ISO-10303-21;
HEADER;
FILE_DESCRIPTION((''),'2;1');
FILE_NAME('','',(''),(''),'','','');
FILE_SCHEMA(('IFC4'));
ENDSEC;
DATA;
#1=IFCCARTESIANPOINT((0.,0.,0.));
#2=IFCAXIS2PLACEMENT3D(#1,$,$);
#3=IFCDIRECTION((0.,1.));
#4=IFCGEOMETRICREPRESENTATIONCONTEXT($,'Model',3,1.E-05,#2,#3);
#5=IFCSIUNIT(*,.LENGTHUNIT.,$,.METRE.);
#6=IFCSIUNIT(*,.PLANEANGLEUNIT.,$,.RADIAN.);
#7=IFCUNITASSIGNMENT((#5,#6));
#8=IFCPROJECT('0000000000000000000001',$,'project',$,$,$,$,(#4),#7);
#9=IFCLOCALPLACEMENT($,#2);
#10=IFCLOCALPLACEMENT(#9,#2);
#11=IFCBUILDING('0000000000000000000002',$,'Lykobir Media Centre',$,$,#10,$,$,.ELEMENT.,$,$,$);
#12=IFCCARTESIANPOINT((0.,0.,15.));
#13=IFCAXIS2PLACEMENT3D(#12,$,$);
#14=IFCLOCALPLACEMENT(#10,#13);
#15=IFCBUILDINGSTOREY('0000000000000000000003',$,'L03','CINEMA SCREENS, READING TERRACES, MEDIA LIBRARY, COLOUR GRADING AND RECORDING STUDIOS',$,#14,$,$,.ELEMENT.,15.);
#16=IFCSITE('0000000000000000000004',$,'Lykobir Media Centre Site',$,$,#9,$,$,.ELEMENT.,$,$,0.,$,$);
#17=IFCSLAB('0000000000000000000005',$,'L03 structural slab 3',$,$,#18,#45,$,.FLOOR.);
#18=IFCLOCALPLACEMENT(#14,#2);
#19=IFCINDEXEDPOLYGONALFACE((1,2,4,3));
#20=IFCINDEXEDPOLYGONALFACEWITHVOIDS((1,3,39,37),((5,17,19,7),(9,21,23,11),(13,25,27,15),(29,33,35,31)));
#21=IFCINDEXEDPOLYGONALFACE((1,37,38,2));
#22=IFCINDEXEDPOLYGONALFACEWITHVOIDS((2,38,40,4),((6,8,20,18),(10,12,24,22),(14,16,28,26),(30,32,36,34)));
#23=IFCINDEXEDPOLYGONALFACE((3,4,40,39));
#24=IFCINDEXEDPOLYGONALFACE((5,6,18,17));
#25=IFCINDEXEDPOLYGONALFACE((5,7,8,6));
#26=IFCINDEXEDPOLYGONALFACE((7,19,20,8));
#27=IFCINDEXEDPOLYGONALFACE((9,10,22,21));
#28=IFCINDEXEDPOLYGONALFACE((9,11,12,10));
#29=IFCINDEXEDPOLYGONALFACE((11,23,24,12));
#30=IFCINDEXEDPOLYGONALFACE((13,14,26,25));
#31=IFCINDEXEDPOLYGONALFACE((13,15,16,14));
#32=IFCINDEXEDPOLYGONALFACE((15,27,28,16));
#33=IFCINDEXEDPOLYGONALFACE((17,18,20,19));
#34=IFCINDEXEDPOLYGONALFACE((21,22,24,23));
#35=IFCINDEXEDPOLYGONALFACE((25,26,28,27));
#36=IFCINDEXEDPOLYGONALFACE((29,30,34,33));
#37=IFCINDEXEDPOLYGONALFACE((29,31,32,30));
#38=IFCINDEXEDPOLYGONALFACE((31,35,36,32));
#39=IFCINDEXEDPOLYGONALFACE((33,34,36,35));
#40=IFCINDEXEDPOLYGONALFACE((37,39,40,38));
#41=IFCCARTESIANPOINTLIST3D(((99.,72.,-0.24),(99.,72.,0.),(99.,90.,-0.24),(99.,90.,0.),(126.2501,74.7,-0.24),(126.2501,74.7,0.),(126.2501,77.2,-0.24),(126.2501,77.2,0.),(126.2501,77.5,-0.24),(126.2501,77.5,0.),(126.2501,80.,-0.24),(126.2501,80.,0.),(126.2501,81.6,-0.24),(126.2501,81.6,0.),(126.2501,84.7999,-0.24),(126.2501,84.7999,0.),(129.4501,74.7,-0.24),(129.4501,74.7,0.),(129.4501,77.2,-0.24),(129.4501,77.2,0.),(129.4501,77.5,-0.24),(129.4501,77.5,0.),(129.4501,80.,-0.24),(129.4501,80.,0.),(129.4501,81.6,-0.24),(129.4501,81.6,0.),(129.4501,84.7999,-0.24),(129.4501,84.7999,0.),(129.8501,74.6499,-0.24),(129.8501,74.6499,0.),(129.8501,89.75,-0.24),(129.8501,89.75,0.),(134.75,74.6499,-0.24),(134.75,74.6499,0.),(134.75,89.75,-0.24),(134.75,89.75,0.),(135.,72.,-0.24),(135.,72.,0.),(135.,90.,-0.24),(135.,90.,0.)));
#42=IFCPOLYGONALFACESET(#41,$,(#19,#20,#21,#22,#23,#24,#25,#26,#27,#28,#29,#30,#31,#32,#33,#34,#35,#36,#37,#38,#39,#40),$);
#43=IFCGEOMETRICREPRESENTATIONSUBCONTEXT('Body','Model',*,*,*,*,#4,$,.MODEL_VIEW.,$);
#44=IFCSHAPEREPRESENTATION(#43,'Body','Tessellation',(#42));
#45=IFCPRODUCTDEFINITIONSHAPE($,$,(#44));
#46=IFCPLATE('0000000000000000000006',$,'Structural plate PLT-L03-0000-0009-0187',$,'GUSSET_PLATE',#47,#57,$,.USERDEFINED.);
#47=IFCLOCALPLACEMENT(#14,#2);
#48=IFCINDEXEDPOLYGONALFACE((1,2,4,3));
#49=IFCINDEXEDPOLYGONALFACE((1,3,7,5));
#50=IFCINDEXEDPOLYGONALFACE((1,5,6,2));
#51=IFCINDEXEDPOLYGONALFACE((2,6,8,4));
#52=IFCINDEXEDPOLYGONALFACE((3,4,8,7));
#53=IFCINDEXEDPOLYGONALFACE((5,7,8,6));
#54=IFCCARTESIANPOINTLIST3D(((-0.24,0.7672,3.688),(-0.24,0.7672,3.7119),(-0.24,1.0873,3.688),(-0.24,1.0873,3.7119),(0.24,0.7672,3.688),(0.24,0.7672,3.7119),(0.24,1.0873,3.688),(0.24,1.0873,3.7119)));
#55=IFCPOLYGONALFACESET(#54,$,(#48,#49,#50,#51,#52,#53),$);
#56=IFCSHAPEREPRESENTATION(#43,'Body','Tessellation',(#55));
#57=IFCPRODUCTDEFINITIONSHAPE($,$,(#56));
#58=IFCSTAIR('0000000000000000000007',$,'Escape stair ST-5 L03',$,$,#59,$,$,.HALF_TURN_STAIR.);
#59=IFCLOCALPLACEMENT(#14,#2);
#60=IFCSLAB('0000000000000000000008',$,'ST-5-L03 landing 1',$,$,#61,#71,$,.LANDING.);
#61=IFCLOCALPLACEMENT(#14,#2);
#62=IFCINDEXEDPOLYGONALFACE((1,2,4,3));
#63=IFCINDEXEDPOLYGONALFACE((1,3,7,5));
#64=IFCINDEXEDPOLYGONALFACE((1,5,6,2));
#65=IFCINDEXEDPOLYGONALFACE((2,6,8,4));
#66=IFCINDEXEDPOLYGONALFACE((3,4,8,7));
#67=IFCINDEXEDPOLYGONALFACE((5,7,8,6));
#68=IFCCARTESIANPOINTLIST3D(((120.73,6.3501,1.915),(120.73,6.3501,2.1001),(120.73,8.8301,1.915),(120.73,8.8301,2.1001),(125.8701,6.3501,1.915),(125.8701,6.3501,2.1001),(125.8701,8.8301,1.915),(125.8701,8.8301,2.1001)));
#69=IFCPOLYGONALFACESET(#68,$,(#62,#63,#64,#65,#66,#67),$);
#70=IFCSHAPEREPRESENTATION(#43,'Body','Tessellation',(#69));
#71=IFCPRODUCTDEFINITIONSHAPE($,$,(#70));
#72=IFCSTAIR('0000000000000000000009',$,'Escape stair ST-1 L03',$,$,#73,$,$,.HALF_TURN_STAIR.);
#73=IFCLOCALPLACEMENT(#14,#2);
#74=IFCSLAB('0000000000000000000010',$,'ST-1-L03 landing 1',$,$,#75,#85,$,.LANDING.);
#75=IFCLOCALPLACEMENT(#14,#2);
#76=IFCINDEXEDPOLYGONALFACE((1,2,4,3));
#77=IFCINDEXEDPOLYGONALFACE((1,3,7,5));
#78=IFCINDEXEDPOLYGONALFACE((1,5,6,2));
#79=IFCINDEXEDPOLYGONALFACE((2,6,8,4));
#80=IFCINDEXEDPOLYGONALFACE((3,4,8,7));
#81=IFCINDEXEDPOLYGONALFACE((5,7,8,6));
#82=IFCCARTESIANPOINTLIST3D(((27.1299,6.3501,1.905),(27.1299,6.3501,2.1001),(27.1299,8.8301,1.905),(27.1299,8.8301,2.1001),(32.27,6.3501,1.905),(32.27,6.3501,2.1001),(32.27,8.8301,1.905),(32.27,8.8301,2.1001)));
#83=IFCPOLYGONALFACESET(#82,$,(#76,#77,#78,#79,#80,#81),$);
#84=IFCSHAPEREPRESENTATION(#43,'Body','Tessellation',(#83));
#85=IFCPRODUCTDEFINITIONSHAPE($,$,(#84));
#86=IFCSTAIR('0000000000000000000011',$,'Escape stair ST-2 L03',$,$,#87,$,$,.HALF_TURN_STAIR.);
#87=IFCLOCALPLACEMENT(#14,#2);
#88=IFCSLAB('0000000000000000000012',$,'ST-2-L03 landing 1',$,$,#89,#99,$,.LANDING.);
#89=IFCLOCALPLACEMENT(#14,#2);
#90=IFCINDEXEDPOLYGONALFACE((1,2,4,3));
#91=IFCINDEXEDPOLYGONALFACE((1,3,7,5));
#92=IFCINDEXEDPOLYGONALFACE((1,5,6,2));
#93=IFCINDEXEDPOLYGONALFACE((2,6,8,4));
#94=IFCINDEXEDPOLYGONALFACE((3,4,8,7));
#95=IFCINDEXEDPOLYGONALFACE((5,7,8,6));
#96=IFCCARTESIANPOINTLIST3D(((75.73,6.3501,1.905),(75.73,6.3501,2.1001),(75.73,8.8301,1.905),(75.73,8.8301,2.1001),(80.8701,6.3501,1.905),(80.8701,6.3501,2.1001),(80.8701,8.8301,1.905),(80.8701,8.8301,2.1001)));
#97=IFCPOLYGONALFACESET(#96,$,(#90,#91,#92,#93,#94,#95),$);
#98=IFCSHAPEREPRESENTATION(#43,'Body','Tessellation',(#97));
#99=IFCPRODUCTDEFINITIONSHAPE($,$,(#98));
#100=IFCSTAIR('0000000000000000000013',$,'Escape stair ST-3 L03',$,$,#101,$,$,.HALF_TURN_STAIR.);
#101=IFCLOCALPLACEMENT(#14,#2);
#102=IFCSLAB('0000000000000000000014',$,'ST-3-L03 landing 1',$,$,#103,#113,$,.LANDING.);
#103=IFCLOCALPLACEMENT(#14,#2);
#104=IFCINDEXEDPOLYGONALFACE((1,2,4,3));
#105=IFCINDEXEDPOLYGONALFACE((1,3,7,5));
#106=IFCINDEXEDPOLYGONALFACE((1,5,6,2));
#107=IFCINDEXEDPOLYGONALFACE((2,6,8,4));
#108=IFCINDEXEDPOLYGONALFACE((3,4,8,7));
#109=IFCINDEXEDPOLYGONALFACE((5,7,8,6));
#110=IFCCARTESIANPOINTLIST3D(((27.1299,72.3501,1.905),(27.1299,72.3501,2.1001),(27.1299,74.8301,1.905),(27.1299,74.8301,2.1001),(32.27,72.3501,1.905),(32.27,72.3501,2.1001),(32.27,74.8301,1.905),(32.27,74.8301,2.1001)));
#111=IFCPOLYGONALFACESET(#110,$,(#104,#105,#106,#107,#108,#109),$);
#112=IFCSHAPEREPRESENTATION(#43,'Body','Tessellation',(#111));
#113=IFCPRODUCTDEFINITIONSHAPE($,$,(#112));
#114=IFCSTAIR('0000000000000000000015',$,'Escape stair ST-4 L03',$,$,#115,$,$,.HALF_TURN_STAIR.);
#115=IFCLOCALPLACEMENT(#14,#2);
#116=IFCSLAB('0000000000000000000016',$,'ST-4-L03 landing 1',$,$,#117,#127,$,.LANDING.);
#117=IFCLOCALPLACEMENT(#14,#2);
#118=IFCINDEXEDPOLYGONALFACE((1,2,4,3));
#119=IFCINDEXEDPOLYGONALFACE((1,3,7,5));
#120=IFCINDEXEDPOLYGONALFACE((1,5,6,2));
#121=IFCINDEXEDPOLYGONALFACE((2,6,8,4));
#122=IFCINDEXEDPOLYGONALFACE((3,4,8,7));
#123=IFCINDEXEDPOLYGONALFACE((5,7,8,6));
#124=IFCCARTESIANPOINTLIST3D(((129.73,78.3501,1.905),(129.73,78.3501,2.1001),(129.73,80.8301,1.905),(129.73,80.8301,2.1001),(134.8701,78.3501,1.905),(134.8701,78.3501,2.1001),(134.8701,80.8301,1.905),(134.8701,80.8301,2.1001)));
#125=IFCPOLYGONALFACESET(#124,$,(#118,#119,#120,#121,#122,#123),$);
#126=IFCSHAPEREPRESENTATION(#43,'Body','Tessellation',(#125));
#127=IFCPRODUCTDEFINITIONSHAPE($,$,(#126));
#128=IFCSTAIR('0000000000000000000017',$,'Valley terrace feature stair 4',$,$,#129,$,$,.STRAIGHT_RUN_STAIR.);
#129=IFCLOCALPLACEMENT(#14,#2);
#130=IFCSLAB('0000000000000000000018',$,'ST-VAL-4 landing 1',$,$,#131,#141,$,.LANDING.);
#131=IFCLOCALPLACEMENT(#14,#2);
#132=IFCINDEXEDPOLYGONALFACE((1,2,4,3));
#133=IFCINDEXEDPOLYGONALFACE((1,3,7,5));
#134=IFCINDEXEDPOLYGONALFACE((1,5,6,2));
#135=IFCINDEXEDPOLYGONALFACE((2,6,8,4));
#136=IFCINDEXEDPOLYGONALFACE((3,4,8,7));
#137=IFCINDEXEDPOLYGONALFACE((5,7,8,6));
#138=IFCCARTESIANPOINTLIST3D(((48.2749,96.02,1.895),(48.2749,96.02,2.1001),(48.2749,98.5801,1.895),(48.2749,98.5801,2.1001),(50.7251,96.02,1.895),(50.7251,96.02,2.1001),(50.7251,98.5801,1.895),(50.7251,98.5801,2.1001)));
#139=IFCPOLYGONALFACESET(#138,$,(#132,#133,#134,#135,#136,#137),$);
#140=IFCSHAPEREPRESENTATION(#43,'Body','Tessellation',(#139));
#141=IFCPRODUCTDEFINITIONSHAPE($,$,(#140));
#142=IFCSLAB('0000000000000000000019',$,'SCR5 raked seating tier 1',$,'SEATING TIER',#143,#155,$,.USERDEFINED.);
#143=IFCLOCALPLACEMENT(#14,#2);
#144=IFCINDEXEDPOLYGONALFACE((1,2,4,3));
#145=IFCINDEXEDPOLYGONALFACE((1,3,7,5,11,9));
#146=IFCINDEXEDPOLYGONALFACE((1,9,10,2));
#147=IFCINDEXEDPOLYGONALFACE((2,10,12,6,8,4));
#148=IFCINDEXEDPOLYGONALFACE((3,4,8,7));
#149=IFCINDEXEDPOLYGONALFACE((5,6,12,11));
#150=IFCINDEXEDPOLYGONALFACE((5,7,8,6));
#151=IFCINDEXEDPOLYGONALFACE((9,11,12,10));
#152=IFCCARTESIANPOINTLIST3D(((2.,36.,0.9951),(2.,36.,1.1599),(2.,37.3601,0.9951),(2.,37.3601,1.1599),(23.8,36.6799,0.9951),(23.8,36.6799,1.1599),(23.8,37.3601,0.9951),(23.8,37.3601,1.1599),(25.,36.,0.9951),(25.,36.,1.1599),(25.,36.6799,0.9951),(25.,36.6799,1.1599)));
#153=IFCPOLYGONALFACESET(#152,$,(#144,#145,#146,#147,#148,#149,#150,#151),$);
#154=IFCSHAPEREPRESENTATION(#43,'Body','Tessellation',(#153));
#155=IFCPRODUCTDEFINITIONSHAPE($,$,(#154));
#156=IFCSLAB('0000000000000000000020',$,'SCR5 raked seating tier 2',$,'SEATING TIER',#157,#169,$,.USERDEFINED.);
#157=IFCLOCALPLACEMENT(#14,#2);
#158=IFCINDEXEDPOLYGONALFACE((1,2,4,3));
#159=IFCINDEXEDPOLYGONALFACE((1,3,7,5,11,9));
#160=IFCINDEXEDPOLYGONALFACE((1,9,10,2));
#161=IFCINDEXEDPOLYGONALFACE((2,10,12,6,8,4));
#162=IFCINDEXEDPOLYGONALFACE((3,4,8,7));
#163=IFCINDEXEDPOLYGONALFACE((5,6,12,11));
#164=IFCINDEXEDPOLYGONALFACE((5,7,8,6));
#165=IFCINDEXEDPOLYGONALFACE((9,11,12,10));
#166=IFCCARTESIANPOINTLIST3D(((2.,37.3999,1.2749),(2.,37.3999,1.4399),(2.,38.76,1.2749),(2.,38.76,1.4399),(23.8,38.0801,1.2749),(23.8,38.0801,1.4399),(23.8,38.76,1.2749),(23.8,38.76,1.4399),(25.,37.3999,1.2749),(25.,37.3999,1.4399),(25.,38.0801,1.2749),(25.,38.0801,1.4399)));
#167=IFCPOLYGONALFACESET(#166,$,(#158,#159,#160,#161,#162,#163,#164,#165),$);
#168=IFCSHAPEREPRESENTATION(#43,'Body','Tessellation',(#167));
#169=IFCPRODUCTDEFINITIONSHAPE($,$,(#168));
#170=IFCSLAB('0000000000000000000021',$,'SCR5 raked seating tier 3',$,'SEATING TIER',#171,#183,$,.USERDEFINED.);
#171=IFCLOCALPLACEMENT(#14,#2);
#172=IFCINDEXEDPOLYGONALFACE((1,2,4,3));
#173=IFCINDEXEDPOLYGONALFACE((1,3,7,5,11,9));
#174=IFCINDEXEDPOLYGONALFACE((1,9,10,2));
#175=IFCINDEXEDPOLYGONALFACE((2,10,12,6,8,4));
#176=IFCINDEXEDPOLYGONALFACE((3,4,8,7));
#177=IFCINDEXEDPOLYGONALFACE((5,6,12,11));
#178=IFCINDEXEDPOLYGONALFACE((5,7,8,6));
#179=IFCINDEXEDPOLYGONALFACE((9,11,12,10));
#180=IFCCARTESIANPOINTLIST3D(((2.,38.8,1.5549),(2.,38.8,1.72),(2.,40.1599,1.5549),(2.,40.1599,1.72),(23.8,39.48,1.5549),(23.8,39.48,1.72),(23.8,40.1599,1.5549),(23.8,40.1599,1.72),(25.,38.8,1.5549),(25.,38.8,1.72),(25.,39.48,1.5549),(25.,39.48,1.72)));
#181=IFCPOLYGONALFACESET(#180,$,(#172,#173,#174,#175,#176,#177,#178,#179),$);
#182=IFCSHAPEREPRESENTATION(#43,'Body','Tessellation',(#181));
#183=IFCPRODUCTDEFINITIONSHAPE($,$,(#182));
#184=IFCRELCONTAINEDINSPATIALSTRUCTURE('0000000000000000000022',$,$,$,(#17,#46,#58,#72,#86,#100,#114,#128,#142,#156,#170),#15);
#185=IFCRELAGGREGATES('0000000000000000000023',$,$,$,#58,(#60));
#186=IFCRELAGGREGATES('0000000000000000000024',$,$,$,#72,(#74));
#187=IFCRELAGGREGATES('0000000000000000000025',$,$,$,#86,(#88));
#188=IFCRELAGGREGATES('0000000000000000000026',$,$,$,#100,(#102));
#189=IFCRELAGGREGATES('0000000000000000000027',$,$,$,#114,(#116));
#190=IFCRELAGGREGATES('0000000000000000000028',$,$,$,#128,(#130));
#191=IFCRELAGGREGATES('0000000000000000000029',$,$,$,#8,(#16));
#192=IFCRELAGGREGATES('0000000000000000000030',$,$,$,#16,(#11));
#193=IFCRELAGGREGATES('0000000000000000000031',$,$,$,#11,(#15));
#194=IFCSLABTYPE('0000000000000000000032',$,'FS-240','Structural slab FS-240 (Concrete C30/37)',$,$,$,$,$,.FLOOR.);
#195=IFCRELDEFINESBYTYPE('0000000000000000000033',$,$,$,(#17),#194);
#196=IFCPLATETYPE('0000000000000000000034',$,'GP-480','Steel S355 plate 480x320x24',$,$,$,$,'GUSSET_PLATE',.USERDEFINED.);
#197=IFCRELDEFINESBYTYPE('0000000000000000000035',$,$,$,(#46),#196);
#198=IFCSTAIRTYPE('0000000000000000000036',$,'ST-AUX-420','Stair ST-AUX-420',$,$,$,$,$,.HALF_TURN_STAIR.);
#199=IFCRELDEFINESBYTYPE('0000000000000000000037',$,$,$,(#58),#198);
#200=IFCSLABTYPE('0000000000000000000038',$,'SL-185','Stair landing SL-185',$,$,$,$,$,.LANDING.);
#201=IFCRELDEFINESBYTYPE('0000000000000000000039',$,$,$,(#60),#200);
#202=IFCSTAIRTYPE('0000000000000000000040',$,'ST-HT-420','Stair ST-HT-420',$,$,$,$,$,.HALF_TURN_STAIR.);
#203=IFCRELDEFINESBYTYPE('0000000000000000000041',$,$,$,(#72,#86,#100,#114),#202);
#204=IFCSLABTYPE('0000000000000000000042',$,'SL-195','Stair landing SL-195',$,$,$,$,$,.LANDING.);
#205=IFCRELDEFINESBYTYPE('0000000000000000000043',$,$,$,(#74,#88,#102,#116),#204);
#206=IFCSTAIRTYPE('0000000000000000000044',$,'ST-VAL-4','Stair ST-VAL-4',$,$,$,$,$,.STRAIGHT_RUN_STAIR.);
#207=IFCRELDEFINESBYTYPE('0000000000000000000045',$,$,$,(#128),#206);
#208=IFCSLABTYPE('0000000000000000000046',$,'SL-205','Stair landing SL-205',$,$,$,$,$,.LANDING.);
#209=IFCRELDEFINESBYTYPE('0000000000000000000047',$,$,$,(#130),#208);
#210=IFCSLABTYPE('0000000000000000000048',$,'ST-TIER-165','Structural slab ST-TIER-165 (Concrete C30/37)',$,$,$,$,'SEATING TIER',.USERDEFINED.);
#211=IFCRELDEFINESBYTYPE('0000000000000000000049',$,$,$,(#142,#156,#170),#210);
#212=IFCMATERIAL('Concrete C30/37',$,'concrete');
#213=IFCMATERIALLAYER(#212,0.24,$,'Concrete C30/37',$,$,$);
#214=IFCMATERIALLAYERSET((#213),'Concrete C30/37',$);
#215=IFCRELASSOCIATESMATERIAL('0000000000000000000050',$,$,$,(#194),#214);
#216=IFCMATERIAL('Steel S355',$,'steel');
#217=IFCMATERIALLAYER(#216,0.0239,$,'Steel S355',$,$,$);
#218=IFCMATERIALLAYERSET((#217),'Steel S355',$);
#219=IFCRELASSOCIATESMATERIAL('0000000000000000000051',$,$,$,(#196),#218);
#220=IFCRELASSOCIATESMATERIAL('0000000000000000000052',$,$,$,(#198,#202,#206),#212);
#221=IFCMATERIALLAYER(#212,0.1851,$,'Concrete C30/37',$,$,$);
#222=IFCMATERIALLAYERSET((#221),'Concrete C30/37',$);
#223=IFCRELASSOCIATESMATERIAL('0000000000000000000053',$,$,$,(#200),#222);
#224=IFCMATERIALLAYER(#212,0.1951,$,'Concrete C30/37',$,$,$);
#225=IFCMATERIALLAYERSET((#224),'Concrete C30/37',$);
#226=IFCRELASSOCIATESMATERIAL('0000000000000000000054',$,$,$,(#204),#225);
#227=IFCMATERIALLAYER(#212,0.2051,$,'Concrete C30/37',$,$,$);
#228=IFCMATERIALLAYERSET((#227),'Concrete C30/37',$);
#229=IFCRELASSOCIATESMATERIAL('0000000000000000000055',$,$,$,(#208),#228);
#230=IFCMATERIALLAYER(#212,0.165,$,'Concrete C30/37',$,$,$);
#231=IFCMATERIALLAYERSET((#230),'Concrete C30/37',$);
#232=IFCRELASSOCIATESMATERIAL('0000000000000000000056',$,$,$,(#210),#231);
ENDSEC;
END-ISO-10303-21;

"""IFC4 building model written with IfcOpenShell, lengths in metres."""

from ifc_helpers import new_model, si_unit, direction, frame, origin, origin_2d, place, context, subcontext, project, spatial, polyline, rectangle, outline, extrude, material, layer, layer_set, type_object, element, aggregate, save


model = new_model("IFC4")

# Units and contexts
model_context = context("Model", 3, precision=1e-05, world=origin(), true_north=direction((0.0, 1.0)))
body_context = subcontext(model_context, "Body", "Model", "MODEL_VIEW")
ifc_project = project(units=[si_unit("LENGTHUNIT", "METRE"), si_unit("PLANEANGLEUNIT", "RADIAN")], contexts=[model_context])

# Site, building, storey
site_placement = place(None, origin())
site = spatial("IfcSite", under=ifc_project, at=site_placement, Name="Lykobir Media Centre Site", CompositionType="ELEMENT", RefElevation=0.0)
building_placement = place(site_placement, origin())
building = spatial("IfcBuilding", under=site, at=building_placement, Name="Lykobir Media Centre", CompositionType="ELEMENT")
storey_placement = place(building_placement, frame((0.0, 0.0, 15.0)))
storey = spatial("IfcBuildingStorey", under=building, at=storey_placement, Name="L03", Description="CINEMA SCREENS, READING TERRACES, MEDIA LIBRARY, COLOUR GRADING AND RECORDING STUDIOS", CompositionType="ELEMENT", Elevation=15.0)

# Shared definitions
ifc_material_1 = material(Name="Steel S355", Category="steel")

# Shared definitions
ifc_material_2 = material(Name="Concrete C30/37", Category="concrete")
ifc_layer_1 = layer(ifc_material_2, 0.24, Name="Concrete C30/37")
ifc_layer_set_1 = layer_set([ifc_layer_1], Name="Concrete C30/37")
slab_type_1 = type_object("IfcSlabType", Name="FS-240", Description="Structural slab FS-240 (Concrete C30/37)", PredefinedType="FLOOR", material=ifc_layer_set_1)

# Slab, openings
slab_1_placement = place(storey_placement, frame((0.0, 0.0, -0.24)))
slab_1 = element("IfcSlab", 1, at=slab_1_placement, inside=storey, type_object=slab_type_1, Name="L03 structural slab 3", PredefinedType="FLOOR", context=body_context, shape_type="SweptSolid", body=[
    extrude(outline(polyline([(135.0, 90.0), (99.0, 90.0), (99.0, 72.0), (135.0, 72.0), (135.0, 90.0)]), holes=[polyline([(134.75, 74.6499), (129.8501, 74.6499), (129.8501, 89.75), (134.75, 89.75), (134.75, 74.6499)])]), origin(), (0.0, 0.0, 1.0), 0.24),
])
opening_1_placement = place(slab_1_placement, frame((127.8501, 75.95, 0.0)))
element("IfcOpeningElement", 2, at=opening_1_placement, cuts=slab_1, PredefinedType="OPENING", context=body_context, shape_type="SweptSolid", body=[
    extrude(rectangle(XDim=3.2, YDim=2.5, at=origin_2d()), origin(), (0.0, 0.0, 1.0), 0.24),
])
opening_2_placement = place(slab_1_placement, frame((127.8501, 78.75, 0.0)))
element("IfcOpeningElement", 3, at=opening_2_placement, cuts=slab_1, PredefinedType="OPENING", context=body_context, shape_type="SweptSolid", body=[
    extrude(rectangle(XDim=3.2, YDim=2.5, at=origin_2d()), origin(), (0.0, 0.0, 1.0), 0.24),
])
opening_3_placement = place(slab_1_placement, frame((127.8501, 83.2, 0.0)))
element("IfcOpeningElement", 4, at=opening_3_placement, cuts=slab_1, PredefinedType="OPENING", context=body_context, shape_type="SweptSolid", body=[
    extrude(rectangle(XDim=3.2, YDim=3.2, at=origin_2d()), origin(), (0.0, 0.0, 1.0), 0.24),
])

# Plate
ifc_layer_2 = layer(ifc_material_1, 0.0239, Name="Steel S355")
ifc_layer_set_2 = layer_set([ifc_layer_2], Name="Steel S355")
plate_type = type_object("IfcPlateType", Name="GP-480", Description="Steel S355 plate 480x320x24", ElementType="GUSSET_PLATE", PredefinedType="USERDEFINED", material=ifc_layer_set_2)
plate_placement = place(storey_placement, frame((0.0, 0.9272, 3.688), z_axis=(0.0, 0.0, 1.0), x_axis=(1.0, 0.0, 0.0)))
element("IfcPlate", 5, at=plate_placement, inside=storey, type_object=plate_type, Name="Structural plate PLT-L03-0000-0009-0187", ObjectType="GUSSET_PLATE", PredefinedType="USERDEFINED", context=body_context, shape_type="SweptSolid", body=[
    extrude(rectangle(XDim=0.48, YDim=0.3201, at=origin_2d()), origin(), (0.0, 0.0, 1.0), 0.0239),
])

# Stairs, slabs
stair_type_1 = type_object("IfcStairType", Name="ST-AUX-420", Description="Stair ST-AUX-420", PredefinedType="HALF_TURN_STAIR", material=ifc_material_2)
stair_1_placement = place(storey_placement, origin())
stair_1 = element("IfcStair", 6, at=stair_1_placement, inside=storey, type_object=stair_type_1, Name="Escape stair ST-5 L03", PredefinedType="HALF_TURN_STAIR")
ifc_layer_3 = layer(ifc_material_2, 0.1851, Name="Concrete C30/37")
ifc_layer_set_3 = layer_set([ifc_layer_3], Name="Concrete C30/37")
slab_type_2 = type_object("IfcSlabType", Name="SL-185", Description="Stair landing SL-185", PredefinedType="LANDING", material=ifc_layer_set_3)
slab_2_placement = place(storey_placement, frame((0.0, 0.0, 1.915)))
slab_2 = element("IfcSlab", 7, at=slab_2_placement, type_object=slab_type_2, Name="ST-5-L03 landing 1", PredefinedType="LANDING", context=body_context, shape_type="SweptSolid", body=[
    extrude(outline(polyline([(120.73, 6.3501), (125.8701, 6.3501), (125.8701, 8.8301), (120.73, 8.8301), (120.73, 6.3501)])), origin(), (0.0, 0.0, 1.0), 0.1851),
])
aggregate(stair_1, [slab_2])
stair_type_2 = type_object("IfcStairType", Name="ST-HT-420", Description="Stair ST-HT-420", PredefinedType="HALF_TURN_STAIR", material=ifc_material_2)
stair_2_placement = place(storey_placement, origin())
stair_2 = element("IfcStair", 8, at=stair_2_placement, inside=storey, type_object=stair_type_2, Name="Escape stair ST-1 L03", PredefinedType="HALF_TURN_STAIR")
ifc_layer_4 = layer(ifc_material_2, 0.1951, Name="Concrete C30/37")
ifc_layer_set_4 = layer_set([ifc_layer_4], Name="Concrete C30/37")
slab_type_3 = type_object("IfcSlabType", Name="SL-195", Description="Stair landing SL-195", PredefinedType="LANDING", material=ifc_layer_set_4)
slab_3_placement = place(storey_placement, frame((0.0, 0.0, 1.905)))
slab_3 = element("IfcSlab", 9, at=slab_3_placement, type_object=slab_type_3, Name="ST-1-L03 landing 1", PredefinedType="LANDING", context=body_context, shape_type="SweptSolid", body=[
    extrude(outline(polyline([(27.1299, 6.3501), (32.27, 6.3501), (32.27, 8.8301), (27.1299, 8.8301), (27.1299, 6.3501)])), origin(), (0.0, 0.0, 1.0), 0.1951),
])
aggregate(stair_2, [slab_3])
stair_3_placement = place(storey_placement, origin())
stair_3 = element("IfcStair", 10, at=stair_3_placement, inside=storey, type_object=stair_type_2, Name="Escape stair ST-2 L03", PredefinedType="HALF_TURN_STAIR")
slab_4_placement = place(storey_placement, frame((0.0, 0.0, 1.905)))
slab_4 = element("IfcSlab", 11, at=slab_4_placement, type_object=slab_type_3, Name="ST-2-L03 landing 1", PredefinedType="LANDING", context=body_context, shape_type="SweptSolid", body=[
    extrude(outline(polyline([(75.73, 6.3501), (80.8701, 6.3501), (80.8701, 8.8301), (75.73, 8.8301), (75.73, 6.3501)])), origin(), (0.0, 0.0, 1.0), 0.1951),
])
aggregate(stair_3, [slab_4])
stair_4_placement = place(storey_placement, origin())
stair_4 = element("IfcStair", 12, at=stair_4_placement, inside=storey, type_object=stair_type_2, Name="Escape stair ST-3 L03", PredefinedType="HALF_TURN_STAIR")
slab_5_placement = place(storey_placement, frame((0.0, 0.0, 1.905)))
slab_5 = element("IfcSlab", 13, at=slab_5_placement, type_object=slab_type_3, Name="ST-3-L03 landing 1", PredefinedType="LANDING", context=body_context, shape_type="SweptSolid", body=[
    extrude(outline(polyline([(27.1299, 72.3501), (32.27, 72.3501), (32.27, 74.8301), (27.1299, 74.8301), (27.1299, 72.3501)])), origin(), (0.0, 0.0, 1.0), 0.1951),
])
aggregate(stair_4, [slab_5])
stair_5_placement = place(storey_placement, origin())
stair_5 = element("IfcStair", 14, at=stair_5_placement, inside=storey, type_object=stair_type_2, Name="Escape stair ST-4 L03", PredefinedType="HALF_TURN_STAIR")
slab_6_placement = place(storey_placement, frame((0.0, 0.0, 1.905)))
slab_6 = element("IfcSlab", 15, at=slab_6_placement, type_object=slab_type_3, Name="ST-4-L03 landing 1", PredefinedType="LANDING", context=body_context, shape_type="SweptSolid", body=[
    extrude(outline(polyline([(129.73, 78.3501), (134.8701, 78.3501), (134.8701, 80.8301), (129.73, 80.8301), (129.73, 78.3501)])), origin(), (0.0, 0.0, 1.0), 0.1951),
])
aggregate(stair_5, [slab_6])
stair_type_3 = type_object("IfcStairType", Name="ST-VAL-4", Description="Stair ST-VAL-4", PredefinedType="STRAIGHT_RUN_STAIR", material=ifc_material_2)
stair_6_placement = place(storey_placement, origin())
stair_6 = element("IfcStair", 16, at=stair_6_placement, inside=storey, type_object=stair_type_3, Name="Valley terrace feature stair 4", PredefinedType="STRAIGHT_RUN_STAIR")
ifc_layer_5 = layer(ifc_material_2, 0.2051, Name="Concrete C30/37")
ifc_layer_set_5 = layer_set([ifc_layer_5], Name="Concrete C30/37")
slab_type_4 = type_object("IfcSlabType", Name="SL-205", Description="Stair landing SL-205", PredefinedType="LANDING", material=ifc_layer_set_5)
slab_7_placement = place(storey_placement, frame((0.0, 0.0, 1.895)))
slab_7 = element("IfcSlab", 17, at=slab_7_placement, type_object=slab_type_4, Name="ST-VAL-4 landing 1", PredefinedType="LANDING", context=body_context, shape_type="SweptSolid", body=[
    extrude(outline(polyline([(48.2749, 96.02), (50.7251, 96.02), (50.7251, 98.5801), (48.2749, 98.5801), (48.2749, 96.02)])), origin(), (0.0, 0.0, 1.0), 0.2051),
])
aggregate(stair_6, [slab_7])

# Slabs
ifc_layer_6 = layer(ifc_material_2, 0.165, Name="Concrete C30/37")
ifc_layer_set_6 = layer_set([ifc_layer_6], Name="Concrete C30/37")
slab_type_5 = type_object("IfcSlabType", Name="ST-TIER-165", Description="Structural slab ST-TIER-165 (Concrete C30/37)", ElementType="SEATING TIER", PredefinedType="USERDEFINED", material=ifc_layer_set_6)
slab_8_placement = place(storey_placement, frame((0.0, 0.0, 0.9951)))
element("IfcSlab", 18, at=slab_8_placement, inside=storey, type_object=slab_type_5, Name="SCR5 raked seating tier 1", ObjectType="SEATING TIER", PredefinedType="USERDEFINED", context=body_context, shape_type="SweptSolid", body=[
    extrude(outline(polyline([(2.0, 36.0), (25.0, 36.0), (25.0, 36.6799), (23.8, 36.6799), (23.8, 37.3601), (2.0, 37.3601), (2.0, 36.0)])), origin(), (0.0, 0.0, 1.0), 0.1648),
])
slab_9_placement = place(storey_placement, frame((0.0, 0.0, 1.2749)))
element("IfcSlab", 19, at=slab_9_placement, inside=storey, type_object=slab_type_5, Name="SCR5 raked seating tier 2", ObjectType="SEATING TIER", PredefinedType="USERDEFINED", context=body_context, shape_type="SweptSolid", body=[
    extrude(outline(polyline([(2.0, 37.3999), (25.0, 37.3999), (25.0, 38.0801), (23.8, 38.0801), (23.8, 38.76), (2.0, 38.76), (2.0, 37.3999)])), origin(), (0.0, 0.0, 1.0), 0.165),
])
slab_10_placement = place(storey_placement, frame((0.0, 0.0, 1.5549)))
element("IfcSlab", 20, at=slab_10_placement, inside=storey, type_object=slab_type_5, Name="SCR5 raked seating tier 3", ObjectType="SEATING TIER", PredefinedType="USERDEFINED", context=body_context, shape_type="SweptSolid", body=[
    extrude(outline(polyline([(2.0, 38.8), (25.0, 38.8), (25.0, 39.48), (23.8, 39.48), (23.8, 40.1599), (2.0, 40.1599), (2.0, 38.8)])), origin(), (0.0, 0.0, 1.0), 0.165),
])

save(model, "model.ifc")
